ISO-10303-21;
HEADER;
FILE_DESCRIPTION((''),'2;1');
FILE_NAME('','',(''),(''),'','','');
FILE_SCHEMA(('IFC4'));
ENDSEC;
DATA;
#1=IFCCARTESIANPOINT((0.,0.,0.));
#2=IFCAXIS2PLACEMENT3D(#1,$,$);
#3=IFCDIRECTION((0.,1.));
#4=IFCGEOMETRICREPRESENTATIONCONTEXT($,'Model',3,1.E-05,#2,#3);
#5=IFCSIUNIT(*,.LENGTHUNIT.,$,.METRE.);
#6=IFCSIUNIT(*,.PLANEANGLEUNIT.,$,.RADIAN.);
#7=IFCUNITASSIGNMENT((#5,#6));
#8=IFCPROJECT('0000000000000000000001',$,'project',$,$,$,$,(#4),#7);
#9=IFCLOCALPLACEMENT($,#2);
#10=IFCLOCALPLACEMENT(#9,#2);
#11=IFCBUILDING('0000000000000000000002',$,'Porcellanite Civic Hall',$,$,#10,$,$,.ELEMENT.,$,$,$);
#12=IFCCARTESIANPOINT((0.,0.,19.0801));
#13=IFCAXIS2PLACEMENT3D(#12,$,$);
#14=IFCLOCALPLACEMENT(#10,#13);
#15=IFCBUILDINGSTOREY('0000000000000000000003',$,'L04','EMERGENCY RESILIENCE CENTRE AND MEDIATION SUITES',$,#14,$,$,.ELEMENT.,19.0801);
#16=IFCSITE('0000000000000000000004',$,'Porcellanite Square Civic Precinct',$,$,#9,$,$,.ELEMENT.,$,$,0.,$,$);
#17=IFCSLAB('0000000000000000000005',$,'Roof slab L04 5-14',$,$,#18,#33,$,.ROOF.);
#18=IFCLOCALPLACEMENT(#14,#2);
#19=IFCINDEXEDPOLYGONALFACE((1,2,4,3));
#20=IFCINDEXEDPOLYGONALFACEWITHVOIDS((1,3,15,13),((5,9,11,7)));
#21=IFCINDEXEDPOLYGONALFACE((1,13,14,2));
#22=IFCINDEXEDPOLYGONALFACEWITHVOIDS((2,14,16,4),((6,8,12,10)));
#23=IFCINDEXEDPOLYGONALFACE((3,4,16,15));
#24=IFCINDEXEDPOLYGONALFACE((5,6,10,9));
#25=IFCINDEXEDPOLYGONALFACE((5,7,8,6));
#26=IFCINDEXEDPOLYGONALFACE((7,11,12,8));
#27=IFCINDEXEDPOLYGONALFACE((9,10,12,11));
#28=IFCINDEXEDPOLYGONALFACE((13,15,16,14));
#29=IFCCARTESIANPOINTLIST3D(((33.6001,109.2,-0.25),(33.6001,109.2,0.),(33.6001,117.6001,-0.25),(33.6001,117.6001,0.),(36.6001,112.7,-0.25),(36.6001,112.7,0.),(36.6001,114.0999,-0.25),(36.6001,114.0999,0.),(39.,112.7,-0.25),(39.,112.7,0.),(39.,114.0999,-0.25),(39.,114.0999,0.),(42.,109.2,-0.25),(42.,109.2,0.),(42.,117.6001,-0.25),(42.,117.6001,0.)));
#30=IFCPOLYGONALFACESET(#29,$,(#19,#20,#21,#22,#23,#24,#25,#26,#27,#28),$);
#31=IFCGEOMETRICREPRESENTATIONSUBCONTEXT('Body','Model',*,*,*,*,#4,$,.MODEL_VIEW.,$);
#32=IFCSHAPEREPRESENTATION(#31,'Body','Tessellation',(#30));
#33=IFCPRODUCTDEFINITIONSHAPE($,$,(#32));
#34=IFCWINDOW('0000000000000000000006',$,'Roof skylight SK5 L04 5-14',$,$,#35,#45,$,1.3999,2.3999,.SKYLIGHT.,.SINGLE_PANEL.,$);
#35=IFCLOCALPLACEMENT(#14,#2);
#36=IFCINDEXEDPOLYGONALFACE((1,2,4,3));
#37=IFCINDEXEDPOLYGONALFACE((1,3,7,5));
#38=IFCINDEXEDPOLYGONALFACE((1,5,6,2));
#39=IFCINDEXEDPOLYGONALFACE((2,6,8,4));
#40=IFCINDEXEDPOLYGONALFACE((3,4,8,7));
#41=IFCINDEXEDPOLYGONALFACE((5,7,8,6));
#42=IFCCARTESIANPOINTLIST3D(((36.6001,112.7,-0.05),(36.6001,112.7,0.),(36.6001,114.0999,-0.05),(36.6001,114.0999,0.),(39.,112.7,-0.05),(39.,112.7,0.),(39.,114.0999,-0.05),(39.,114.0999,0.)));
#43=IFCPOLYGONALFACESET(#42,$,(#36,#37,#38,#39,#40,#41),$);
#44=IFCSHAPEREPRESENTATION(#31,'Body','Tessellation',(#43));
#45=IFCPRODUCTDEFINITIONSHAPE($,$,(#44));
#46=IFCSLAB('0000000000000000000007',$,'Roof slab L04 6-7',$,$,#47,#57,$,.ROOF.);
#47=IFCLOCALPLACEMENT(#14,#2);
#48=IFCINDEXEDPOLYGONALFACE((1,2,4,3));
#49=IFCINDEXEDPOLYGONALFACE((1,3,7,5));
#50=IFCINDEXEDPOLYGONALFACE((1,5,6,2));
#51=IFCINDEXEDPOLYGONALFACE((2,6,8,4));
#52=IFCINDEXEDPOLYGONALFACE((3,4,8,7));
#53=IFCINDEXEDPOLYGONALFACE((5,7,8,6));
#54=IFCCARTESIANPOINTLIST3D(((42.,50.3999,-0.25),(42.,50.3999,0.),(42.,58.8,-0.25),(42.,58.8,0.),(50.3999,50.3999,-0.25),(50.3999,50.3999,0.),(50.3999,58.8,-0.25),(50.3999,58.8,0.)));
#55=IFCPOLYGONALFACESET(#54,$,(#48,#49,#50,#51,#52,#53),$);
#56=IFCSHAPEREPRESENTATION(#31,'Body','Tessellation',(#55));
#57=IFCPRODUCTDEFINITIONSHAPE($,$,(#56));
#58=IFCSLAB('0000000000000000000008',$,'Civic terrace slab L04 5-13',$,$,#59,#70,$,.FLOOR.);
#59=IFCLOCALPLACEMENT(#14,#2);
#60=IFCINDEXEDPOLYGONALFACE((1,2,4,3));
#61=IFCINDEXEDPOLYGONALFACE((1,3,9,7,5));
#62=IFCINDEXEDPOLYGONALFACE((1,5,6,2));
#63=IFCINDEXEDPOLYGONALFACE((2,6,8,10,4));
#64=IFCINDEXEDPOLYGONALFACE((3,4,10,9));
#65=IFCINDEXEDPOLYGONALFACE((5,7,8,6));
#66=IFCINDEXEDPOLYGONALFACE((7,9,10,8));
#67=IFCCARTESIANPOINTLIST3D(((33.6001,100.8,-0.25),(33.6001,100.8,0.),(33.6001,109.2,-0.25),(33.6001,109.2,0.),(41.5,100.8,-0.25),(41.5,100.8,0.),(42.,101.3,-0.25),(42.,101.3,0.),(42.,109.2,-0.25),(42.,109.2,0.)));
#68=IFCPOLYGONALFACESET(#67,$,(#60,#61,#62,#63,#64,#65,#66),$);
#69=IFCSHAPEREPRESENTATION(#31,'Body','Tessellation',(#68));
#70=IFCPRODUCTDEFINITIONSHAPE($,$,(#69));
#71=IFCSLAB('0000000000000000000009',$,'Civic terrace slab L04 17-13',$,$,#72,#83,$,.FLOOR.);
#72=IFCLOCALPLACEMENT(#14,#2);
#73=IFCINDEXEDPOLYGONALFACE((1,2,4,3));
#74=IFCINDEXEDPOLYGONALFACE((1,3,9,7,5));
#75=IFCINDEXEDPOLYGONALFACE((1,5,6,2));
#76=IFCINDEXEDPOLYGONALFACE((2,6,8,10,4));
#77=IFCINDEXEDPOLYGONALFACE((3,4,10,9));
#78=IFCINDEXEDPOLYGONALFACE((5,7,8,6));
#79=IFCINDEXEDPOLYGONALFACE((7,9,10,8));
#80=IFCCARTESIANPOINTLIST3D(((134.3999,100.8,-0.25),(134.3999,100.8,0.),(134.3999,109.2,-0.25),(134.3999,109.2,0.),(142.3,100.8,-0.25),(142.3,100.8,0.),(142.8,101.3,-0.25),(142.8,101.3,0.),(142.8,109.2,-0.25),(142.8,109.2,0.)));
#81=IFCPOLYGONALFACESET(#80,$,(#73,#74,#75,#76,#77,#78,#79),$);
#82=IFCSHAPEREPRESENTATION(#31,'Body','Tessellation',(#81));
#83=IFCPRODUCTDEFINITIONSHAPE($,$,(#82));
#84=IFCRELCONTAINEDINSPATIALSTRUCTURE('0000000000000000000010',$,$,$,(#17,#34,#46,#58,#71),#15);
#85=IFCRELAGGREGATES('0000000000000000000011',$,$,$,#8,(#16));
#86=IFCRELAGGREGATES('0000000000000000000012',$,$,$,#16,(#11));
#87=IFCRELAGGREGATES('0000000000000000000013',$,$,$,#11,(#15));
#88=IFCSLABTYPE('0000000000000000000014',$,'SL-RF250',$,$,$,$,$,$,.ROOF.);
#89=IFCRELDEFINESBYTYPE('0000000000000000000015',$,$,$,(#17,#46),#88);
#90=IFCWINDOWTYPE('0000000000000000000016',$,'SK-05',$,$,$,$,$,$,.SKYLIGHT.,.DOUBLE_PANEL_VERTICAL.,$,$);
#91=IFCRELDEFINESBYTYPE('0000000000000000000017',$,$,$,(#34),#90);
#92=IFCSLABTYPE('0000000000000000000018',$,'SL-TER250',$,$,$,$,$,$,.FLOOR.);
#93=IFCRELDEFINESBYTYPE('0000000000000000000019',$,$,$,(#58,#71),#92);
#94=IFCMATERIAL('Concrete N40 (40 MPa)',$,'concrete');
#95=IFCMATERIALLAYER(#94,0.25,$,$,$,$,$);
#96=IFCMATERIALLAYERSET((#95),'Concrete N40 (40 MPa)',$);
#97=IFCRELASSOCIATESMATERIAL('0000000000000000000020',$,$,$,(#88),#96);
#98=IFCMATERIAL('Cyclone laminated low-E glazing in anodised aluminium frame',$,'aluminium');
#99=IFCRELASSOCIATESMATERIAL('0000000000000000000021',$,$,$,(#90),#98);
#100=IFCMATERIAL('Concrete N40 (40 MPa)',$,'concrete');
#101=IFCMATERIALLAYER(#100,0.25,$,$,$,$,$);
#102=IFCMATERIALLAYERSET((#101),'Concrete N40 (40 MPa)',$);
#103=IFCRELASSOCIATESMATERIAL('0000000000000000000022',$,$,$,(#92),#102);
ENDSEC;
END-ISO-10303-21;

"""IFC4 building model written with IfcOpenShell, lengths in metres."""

from ifc_helpers import new_model, si_unit, direction, frame, origin, origin_2d, place, context, subcontext, project, spatial, polyline, rectangle, outline, extrude, material, layer, layer_set, type_object, element, fill, save


model = new_model("IFC4")

# Units and contexts
model_context = context("Model", 3, precision=1e-05, world=origin(), true_north=direction((0.0, 1.0)))
body_context = subcontext(model_context, "Body", "Model", "MODEL_VIEW")
ifc_project = project(units=[si_unit("LENGTHUNIT", "METRE"), si_unit("PLANEANGLEUNIT", "RADIAN")], contexts=[model_context])

# Site, building, storey
site_placement = place(None, origin())
site = spatial("IfcSite", under=ifc_project, at=site_placement, Name="Porcellanite Square Civic Precinct", CompositionType="ELEMENT", RefElevation=0.0)
building_placement = place(site_placement, origin())
building = spatial("IfcBuilding", under=site, at=building_placement, Name="Porcellanite Civic Hall", CompositionType="ELEMENT")
storey_placement = place(building_placement, frame((0.0, 0.0, 19.0801)))
storey = spatial("IfcBuildingStorey", under=building, at=storey_placement, Name="L04", Description="EMERGENCY RESILIENCE CENTRE AND MEDIATION SUITES", CompositionType="ELEMENT", Elevation=19.0801)

# Shared definitions
ifc_material_1 = material(Name="Concrete N40 (40 MPa)", Category="concrete")
ifc_layer_1 = layer(ifc_material_1, 0.25)
ifc_layer_set_1 = layer_set([ifc_layer_1], Name="Concrete N40 (40 MPa)")
slab_type_1 = type_object("IfcSlabType", Name="SL-RF250", PredefinedType="ROOF", material=ifc_layer_set_1)

# Slab, opening, window
slab_1_placement = place(storey_placement, frame((0.0, 0.0, -0.25)))
slab_1 = element("IfcSlab", 1, at=slab_1_placement, inside=storey, type_object=slab_type_1, Name="Roof slab L04 5-14", PredefinedType="ROOF", context=body_context, shape_type="SweptSolid", body=[
    extrude(outline(polyline([(33.6001, 109.2), (42.0, 109.2), (42.0, 117.6001), (33.6001, 117.6001), (33.6001, 109.2)])), origin(), (0.0, 0.0, 1.0), 0.25),
])
opening_1_placement = place(slab_1_placement, frame((37.8, 113.3999, 0.0)))
opening_1 = element("IfcOpeningElement", 2, at=opening_1_placement, cuts=slab_1, PredefinedType="OPENING", context=body_context, shape_type="SweptSolid", body=[
    extrude(rectangle(XDim=2.3999, YDim=1.3999, at=origin_2d()), origin(), (0.0, 0.0, 1.0), 0.25),
])
ifc_material_2 = material(Name="Cyclone laminated low-E glazing in anodised aluminium frame", Category="aluminium")
window_type_1 = type_object("IfcWindowType", Name="SK-05", PartitioningType="DOUBLE_PANEL_VERTICAL", PredefinedType="SKYLIGHT", material=ifc_material_2)
window_1_placement = place(opening_1_placement, frame((0.0, 0.0, 0.2)))
window_1 = element("IfcWindow", 3, at=window_1_placement, inside=storey, type_object=window_type_1, Name="Roof skylight SK5 L04 5-14", OverallHeight=1.3999, OverallWidth=2.3999, PartitioningType="SINGLE_PANEL", PredefinedType="SKYLIGHT", context=body_context, shape_type="SweptSolid", body=[
    extrude(rectangle(XDim=2.3999, YDim=1.3999, at=origin_2d()), origin(), (0.0, 0.0, 1.0), 0.05),
])
fill(opening_1, window_1)

# Slabs
slab_2_placement = place(storey_placement, frame((0.0, 0.0, -0.25)))
element("IfcSlab", 4, at=slab_2_placement, inside=storey, type_object=slab_type_1, Name="Roof slab L04 6-7", PredefinedType="ROOF", context=body_context, shape_type="SweptSolid", body=[
    extrude(outline(polyline([(42.0, 50.3999), (50.3999, 50.3999), (50.3999, 58.8), (42.0, 58.8), (42.0, 50.3999)])), origin(), (0.0, 0.0, 1.0), 0.25),
])
ifc_material_3 = material(Name="Concrete N40 (40 MPa)", Category="concrete")
ifc_layer_2 = layer(ifc_material_3, 0.25)
ifc_layer_set_2 = layer_set([ifc_layer_2], Name="Concrete N40 (40 MPa)")
slab_type_2 = type_object("IfcSlabType", Name="SL-TER250", PredefinedType="FLOOR", material=ifc_layer_set_2)
slab_3_placement = place(storey_placement, frame((0.0, 0.0, -0.25)))
element("IfcSlab", 5, at=slab_3_placement, inside=storey, type_object=slab_type_2, Name="Civic terrace slab L04 5-13", PredefinedType="FLOOR", context=body_context, shape_type="SweptSolid", body=[
    extrude(outline(polyline([(33.6001, 100.8), (41.5, 100.8), (42.0, 101.3), (42.0, 109.2), (33.6001, 109.2), (33.6001, 100.8)])), origin(), (0.0, 0.0, 1.0), 0.25),
])
slab_4_placement = place(storey_placement, frame((0.0, 0.0, -0.25)))
element("IfcSlab", 6, at=slab_4_placement, inside=storey, type_object=slab_type_2, Name="Civic terrace slab L04 17-13", PredefinedType="FLOOR", context=body_context, shape_type="SweptSolid", body=[
    extrude(outline(polyline([(134.3999, 100.8), (142.3, 100.8), (142.8, 101.3), (142.8, 109.2), (134.3999, 109.2), (134.3999, 100.8)])), origin(), (0.0, 0.0, 1.0), 0.25),
])

save(model, "model.ifc")
